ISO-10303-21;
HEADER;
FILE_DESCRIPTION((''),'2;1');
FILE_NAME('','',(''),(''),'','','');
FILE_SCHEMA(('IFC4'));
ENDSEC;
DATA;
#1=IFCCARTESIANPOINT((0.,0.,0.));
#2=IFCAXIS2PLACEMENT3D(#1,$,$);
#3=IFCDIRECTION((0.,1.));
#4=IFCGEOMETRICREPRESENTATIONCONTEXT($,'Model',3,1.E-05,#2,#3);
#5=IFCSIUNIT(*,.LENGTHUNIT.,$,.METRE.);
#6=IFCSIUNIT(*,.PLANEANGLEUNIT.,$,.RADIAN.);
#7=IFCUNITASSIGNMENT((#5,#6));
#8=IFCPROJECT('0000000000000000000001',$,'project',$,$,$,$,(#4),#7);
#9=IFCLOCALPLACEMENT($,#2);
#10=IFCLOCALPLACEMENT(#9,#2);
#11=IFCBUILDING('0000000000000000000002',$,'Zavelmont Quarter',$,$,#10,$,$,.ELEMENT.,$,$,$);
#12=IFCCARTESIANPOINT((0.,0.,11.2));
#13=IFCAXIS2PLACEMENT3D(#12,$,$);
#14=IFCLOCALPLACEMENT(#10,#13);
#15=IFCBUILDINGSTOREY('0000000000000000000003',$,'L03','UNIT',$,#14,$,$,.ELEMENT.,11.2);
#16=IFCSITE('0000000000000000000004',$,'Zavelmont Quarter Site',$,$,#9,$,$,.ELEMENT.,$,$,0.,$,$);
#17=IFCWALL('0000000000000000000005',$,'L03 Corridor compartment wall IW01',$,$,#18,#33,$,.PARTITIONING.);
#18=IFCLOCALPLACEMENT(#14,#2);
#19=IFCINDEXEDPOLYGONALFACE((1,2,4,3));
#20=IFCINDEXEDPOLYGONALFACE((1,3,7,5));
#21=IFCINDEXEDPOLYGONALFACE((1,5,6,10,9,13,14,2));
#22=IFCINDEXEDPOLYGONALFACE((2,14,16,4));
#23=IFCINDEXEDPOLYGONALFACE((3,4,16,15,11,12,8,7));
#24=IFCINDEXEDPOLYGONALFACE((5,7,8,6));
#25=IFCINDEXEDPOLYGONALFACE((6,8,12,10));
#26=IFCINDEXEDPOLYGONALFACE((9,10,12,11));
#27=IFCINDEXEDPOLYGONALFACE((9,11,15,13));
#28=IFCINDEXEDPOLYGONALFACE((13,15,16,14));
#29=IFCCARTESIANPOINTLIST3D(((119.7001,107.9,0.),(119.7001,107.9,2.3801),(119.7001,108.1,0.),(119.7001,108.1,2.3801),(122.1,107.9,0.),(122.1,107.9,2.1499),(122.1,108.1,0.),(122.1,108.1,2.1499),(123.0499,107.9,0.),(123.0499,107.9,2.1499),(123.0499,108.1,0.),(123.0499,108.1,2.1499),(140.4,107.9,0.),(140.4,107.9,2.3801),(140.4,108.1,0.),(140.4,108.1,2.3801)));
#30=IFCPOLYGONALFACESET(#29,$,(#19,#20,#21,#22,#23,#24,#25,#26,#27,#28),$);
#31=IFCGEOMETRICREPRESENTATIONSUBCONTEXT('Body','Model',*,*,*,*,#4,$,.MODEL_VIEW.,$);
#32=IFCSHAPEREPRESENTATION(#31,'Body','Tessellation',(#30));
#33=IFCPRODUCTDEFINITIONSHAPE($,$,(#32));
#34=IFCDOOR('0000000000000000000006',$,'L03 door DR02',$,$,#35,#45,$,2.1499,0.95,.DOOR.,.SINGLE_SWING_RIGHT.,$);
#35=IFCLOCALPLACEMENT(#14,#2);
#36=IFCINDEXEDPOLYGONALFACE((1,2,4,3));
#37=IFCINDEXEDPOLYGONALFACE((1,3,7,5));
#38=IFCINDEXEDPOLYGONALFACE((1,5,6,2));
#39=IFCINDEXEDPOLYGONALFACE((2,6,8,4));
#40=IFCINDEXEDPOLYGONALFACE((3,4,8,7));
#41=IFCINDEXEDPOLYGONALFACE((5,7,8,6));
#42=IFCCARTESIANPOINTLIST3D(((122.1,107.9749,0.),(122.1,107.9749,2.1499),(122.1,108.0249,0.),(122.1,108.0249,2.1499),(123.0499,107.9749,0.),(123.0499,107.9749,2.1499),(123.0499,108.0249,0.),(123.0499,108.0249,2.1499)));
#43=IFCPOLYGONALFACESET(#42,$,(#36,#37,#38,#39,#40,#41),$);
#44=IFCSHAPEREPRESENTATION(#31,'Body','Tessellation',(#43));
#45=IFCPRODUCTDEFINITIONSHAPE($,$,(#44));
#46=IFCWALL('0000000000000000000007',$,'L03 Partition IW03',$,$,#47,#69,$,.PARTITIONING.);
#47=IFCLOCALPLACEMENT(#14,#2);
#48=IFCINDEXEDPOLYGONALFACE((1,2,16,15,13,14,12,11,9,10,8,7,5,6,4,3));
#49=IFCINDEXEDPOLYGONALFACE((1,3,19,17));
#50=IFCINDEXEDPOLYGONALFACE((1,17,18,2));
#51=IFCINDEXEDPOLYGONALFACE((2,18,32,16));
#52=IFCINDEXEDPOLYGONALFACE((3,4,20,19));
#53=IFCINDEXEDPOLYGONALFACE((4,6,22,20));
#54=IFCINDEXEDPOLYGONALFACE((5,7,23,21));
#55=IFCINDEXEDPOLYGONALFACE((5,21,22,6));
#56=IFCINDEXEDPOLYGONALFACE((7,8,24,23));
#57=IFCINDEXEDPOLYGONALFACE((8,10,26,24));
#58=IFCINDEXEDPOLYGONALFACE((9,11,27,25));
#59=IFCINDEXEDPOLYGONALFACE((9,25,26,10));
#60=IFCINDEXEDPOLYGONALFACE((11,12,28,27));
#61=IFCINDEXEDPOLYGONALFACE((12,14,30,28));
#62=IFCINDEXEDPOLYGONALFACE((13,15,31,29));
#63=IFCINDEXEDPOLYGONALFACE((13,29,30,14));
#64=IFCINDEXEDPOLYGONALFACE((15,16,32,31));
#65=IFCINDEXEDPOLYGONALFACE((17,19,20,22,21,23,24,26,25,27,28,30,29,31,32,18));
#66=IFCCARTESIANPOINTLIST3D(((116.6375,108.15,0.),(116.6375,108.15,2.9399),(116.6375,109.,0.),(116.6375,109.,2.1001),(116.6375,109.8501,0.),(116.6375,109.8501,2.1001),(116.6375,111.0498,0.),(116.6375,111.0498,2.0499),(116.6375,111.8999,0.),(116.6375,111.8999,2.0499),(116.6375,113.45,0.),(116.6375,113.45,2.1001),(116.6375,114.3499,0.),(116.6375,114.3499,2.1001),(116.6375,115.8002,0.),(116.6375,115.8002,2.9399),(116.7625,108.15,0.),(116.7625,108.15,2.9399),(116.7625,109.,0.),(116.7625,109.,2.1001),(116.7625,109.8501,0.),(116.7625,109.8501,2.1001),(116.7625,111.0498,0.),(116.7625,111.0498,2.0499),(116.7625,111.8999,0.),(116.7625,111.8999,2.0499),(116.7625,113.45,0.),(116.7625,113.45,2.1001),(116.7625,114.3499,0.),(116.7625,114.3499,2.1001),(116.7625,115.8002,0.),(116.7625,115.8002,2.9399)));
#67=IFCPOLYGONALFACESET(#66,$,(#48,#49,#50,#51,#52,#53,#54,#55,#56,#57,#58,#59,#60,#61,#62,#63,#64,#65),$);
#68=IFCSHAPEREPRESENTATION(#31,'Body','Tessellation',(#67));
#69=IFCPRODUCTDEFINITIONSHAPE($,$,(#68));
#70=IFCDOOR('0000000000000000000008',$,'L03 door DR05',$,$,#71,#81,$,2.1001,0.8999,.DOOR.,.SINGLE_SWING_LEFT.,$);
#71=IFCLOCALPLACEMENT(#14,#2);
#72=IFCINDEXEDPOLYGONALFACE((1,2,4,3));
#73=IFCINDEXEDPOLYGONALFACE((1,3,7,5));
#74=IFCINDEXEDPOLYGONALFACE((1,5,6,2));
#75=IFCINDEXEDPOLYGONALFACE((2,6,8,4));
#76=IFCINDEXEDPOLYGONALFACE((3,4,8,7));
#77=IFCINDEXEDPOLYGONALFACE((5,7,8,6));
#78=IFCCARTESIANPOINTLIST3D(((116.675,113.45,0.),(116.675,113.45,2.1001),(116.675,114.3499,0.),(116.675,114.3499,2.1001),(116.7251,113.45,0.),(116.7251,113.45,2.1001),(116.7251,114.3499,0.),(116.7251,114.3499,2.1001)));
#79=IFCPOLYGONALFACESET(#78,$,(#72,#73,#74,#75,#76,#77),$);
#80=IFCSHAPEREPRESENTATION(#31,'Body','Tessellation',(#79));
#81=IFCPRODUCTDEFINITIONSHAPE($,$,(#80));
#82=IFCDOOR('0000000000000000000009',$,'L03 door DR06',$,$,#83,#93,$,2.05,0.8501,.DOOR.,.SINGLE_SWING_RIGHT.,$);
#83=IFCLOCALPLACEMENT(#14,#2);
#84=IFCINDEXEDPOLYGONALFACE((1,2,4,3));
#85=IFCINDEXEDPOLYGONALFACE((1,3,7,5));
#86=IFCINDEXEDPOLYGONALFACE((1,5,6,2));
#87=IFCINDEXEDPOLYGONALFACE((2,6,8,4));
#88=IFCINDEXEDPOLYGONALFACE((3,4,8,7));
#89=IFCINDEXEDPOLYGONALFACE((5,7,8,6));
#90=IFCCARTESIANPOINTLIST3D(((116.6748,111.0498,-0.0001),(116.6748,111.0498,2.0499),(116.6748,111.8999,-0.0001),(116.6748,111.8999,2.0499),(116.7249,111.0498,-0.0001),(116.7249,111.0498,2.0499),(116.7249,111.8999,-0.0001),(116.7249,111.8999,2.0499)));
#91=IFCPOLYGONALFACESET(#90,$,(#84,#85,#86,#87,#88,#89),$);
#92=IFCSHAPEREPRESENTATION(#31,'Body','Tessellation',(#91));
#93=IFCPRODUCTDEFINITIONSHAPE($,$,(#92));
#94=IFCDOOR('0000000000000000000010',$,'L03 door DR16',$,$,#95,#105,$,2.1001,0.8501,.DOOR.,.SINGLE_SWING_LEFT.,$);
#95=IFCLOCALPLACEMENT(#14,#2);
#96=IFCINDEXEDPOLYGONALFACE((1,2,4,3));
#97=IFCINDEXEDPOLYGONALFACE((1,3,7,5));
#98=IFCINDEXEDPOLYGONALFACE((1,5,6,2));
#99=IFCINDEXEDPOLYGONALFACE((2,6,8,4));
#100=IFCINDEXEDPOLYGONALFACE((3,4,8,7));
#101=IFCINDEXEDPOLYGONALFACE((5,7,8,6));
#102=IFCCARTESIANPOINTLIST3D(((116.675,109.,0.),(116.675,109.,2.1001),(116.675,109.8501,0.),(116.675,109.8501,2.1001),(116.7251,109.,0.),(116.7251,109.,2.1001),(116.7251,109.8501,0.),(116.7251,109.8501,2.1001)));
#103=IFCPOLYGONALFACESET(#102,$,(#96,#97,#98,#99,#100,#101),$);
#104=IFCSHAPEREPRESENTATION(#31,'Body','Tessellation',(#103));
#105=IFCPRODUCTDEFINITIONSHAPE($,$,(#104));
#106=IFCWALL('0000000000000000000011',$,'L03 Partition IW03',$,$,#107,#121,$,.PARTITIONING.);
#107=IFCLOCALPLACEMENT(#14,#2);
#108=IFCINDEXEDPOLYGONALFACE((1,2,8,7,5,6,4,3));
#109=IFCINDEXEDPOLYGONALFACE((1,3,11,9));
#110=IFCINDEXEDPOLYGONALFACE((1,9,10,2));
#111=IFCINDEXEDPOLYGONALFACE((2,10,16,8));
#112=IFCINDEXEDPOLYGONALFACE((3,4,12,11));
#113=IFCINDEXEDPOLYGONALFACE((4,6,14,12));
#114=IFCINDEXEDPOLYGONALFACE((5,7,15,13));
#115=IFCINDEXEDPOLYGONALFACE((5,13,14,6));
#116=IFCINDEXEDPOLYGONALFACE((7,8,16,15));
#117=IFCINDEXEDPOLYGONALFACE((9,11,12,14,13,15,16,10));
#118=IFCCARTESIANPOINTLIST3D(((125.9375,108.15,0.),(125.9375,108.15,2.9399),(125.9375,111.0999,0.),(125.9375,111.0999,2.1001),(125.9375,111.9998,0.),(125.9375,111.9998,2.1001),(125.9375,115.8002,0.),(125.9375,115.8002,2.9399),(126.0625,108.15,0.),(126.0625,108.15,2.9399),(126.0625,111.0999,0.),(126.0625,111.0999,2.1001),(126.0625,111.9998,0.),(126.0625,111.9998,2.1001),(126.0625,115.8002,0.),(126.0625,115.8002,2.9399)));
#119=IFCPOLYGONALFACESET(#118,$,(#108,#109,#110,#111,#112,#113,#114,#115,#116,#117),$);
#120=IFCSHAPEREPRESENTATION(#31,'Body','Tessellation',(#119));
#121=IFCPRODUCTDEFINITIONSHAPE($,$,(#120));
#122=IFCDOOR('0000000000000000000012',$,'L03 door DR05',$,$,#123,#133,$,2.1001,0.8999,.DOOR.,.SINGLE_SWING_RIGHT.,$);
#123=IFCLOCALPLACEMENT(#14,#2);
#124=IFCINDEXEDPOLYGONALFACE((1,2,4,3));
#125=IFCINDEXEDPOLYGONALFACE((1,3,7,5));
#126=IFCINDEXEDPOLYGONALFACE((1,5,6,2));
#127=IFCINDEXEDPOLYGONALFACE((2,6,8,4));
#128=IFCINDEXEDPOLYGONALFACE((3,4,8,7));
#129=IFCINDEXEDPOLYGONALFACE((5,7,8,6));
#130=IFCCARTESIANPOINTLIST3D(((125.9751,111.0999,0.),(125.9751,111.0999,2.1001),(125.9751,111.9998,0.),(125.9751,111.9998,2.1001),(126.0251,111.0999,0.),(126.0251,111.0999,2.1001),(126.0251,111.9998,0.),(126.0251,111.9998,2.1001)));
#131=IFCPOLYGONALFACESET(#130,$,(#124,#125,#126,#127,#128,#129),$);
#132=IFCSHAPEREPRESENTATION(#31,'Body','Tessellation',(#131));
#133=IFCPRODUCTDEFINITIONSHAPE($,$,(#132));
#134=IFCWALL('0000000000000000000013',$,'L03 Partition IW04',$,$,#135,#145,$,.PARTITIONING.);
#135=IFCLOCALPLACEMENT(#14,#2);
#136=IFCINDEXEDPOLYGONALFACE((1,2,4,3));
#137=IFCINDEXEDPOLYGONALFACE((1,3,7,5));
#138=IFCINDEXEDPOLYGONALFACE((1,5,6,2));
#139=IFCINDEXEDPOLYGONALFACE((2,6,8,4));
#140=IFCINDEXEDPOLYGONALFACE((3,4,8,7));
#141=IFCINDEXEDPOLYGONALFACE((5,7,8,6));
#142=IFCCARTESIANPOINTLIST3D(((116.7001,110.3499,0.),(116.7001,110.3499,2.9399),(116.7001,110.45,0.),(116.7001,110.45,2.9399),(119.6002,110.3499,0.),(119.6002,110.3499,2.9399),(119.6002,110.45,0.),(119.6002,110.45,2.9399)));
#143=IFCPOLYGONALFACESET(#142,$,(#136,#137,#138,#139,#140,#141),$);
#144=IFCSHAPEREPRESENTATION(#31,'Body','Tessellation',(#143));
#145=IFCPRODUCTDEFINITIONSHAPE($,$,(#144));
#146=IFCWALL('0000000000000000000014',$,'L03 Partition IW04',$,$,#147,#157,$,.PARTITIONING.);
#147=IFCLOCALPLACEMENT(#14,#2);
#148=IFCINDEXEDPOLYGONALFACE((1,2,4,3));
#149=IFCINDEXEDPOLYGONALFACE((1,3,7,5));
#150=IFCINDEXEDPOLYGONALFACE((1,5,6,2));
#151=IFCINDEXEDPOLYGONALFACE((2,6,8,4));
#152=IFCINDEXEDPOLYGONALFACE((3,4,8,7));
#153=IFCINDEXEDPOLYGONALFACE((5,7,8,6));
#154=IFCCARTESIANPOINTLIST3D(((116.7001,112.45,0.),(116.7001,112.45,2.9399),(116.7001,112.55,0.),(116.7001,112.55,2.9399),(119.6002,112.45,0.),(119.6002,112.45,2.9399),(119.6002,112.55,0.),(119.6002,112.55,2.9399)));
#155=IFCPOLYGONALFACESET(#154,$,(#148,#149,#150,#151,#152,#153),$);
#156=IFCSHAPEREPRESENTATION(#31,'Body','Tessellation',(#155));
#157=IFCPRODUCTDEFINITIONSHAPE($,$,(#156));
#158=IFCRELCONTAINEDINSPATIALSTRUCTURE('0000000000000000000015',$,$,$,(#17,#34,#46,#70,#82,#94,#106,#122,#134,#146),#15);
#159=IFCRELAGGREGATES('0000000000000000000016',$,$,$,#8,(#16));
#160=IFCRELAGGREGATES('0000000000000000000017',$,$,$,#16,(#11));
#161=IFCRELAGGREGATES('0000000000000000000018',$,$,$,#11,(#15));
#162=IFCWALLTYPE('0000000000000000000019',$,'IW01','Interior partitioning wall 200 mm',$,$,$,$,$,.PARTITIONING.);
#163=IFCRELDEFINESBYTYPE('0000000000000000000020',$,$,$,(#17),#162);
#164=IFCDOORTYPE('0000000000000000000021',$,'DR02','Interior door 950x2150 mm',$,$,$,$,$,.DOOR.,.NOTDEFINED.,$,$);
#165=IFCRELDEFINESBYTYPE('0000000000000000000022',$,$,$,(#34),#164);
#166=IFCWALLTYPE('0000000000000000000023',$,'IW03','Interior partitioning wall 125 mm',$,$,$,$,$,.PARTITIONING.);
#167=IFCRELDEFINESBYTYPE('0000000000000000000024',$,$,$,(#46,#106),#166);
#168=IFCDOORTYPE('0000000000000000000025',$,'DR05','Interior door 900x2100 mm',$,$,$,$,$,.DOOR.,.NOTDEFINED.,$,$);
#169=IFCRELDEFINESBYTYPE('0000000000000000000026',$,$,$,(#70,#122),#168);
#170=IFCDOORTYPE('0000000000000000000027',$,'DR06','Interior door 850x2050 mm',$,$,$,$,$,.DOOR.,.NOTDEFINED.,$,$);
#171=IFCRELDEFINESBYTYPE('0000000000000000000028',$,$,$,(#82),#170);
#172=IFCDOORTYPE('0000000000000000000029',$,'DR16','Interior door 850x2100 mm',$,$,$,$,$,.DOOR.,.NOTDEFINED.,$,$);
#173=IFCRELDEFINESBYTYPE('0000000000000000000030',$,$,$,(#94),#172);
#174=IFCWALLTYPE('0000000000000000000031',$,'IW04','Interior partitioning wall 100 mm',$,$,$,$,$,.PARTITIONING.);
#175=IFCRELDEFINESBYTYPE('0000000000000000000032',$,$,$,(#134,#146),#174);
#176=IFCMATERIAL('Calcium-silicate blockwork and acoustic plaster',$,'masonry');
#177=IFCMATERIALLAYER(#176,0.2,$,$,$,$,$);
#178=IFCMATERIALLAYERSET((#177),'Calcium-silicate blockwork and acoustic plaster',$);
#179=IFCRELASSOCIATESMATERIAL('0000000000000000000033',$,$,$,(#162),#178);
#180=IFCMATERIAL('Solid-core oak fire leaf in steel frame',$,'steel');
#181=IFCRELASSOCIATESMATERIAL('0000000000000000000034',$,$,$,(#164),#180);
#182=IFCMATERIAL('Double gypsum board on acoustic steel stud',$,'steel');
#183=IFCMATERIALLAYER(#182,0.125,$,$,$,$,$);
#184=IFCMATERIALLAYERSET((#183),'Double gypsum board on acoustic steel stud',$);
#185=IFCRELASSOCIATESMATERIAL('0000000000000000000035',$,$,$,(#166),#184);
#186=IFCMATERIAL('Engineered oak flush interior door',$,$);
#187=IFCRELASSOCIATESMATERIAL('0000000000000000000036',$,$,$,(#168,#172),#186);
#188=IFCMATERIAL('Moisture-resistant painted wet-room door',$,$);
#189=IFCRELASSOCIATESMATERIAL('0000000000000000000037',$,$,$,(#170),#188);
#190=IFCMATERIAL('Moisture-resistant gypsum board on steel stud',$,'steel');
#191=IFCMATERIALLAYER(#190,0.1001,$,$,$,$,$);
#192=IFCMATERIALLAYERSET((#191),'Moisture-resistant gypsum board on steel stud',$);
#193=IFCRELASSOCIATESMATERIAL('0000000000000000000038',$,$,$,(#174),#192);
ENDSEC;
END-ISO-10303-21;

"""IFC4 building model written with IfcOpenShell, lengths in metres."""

from ifc_helpers import new_model, si_unit, direction, frame, frame_2d, origin, origin_with_axes, place, context, subcontext, project, spatial, rectangle, extrude, material, layer, layer_set, type_object, element, fill, save


model = new_model("IFC4")

# Units and contexts
model_context = context("Model", 3, precision=1e-05, world=origin(), true_north=direction((0.0, 1.0)))
body_context = subcontext(model_context, "Body", "Model", "MODEL_VIEW")
ifc_project = project(units=[si_unit("LENGTHUNIT", "METRE"), si_unit("PLANEANGLEUNIT", "RADIAN")], contexts=[model_context])

# Site, building, storey
site_placement = place(None, origin())
site = spatial("IfcSite", under=ifc_project, at=site_placement, Name="Zavelmont Quarter Site", CompositionType="ELEMENT", RefElevation=0.0)
building_placement = place(site_placement, origin())
building = spatial("IfcBuilding", under=site, at=building_placement, Name="Zavelmont Quarter", CompositionType="ELEMENT")
storey_placement = place(building_placement, frame((0.0, 0.0, 11.2)))
storey = spatial("IfcBuildingStorey", under=building, at=storey_placement, Name="L03", Description="UNIT", CompositionType="ELEMENT", Elevation=11.2)

# Shared definitions
ifc_material_1 = material(Name="Calcium-silicate blockwork and acoustic plaster", Category="masonry")
ifc_layer_1 = layer(ifc_material_1, 0.2)
ifc_layer_set_1 = layer_set([ifc_layer_1], Name="Calcium-silicate blockwork and acoustic plaster")
wall_type_1 = type_object("IfcWallType", Name="IW01", Description="Interior partitioning wall 200 mm", PredefinedType="PARTITIONING", material=ifc_layer_set_1)

# Wall, opening, door
wall_1_placement = place(storey_placement, frame((119.7, 108.0, 0.0), z_axis=(0.0, 0.0, 1.0), x_axis=(1.0, 0.0, 0.0)))
wall_1 = element("IfcWall", 1, at=wall_1_placement, inside=storey, type_object=wall_type_1, Name="L03 Corridor compartment wall IW01", PredefinedType="PARTITIONING", context=body_context, shape_type="SweptSolid", body=[
    extrude(rectangle(XDim=20.7, YDim=0.2, at=frame_2d((10.3501, 0.0))), origin(), (0.0, 0.0, 1.0), 2.3801),
])
opening_1_placement = place(wall_1_placement, frame((2.3999, 0.0, 0.0)))
opening_1 = element("IfcOpeningElement", 2, at=opening_1_placement, cuts=wall_1, PredefinedType="OPENING", context=body_context, shape_type="SweptSolid", body=[
    extrude(rectangle(XDim=0.95, YDim=2.1499, at=frame_2d((0.4751, 1.075))), frame((0.0, 0.1118, 0.0), z_axis=(0.0, -1.0, 0.0), x_axis=(1.0, 0.0, 0.0)), (0.0, 0.0, 1.0), 0.2239),
])
ifc_material_2 = material(Name="Solid-core oak fire leaf in steel frame", Category="steel")
door_type_1 = type_object("IfcDoorType", Name="DR02", Description="Interior door 950x2150 mm", OperationType="NOTDEFINED", PredefinedType="DOOR", material=ifc_material_2)
door_1_placement = place(opening_1_placement, origin_with_axes())
door_1 = element("IfcDoor", 3, at=door_1_placement, inside=storey, type_object=door_type_1, Name="L03 door DR02", OperationType="SINGLE_SWING_RIGHT", OverallHeight=2.1499, OverallWidth=0.95, PredefinedType="DOOR", context=body_context, shape_type="SweptSolid", body=[
    extrude(rectangle(XDim=0.95, YDim=2.1499, at=frame_2d((0.4751, 1.075))), frame((0.0, 0.0249, 0.0), z_axis=(0.0, -1.0, 0.0), x_axis=(1.0, 0.0, 0.0)), (0.0, 0.0, 1.0), 0.05),
])
fill(opening_1, door_1)

# Wall, openings, doors
ifc_material_3 = material(Name="Double gypsum board on acoustic steel stud", Category="steel")
ifc_layer_2 = layer(ifc_material_3, 0.125)
ifc_layer_set_2 = layer_set([ifc_layer_2], Name="Double gypsum board on acoustic steel stud")
wall_type_2 = type_object("IfcWallType", Name="IW03", Description="Interior partitioning wall 125 mm", PredefinedType="PARTITIONING", material=ifc_layer_set_2)
wall_2_placement = place(storey_placement, frame((116.7, 108.1499, 0.0), z_axis=(0.0, 0.0, 1.0), x_axis=(0.0, 1.0, 0.0)))
wall_2 = element("IfcWall", 4, at=wall_2_placement, inside=storey, type_object=wall_type_2, Name="L03 Partition IW03", PredefinedType="PARTITIONING", context=body_context, shape_type="SweptSolid", body=[
    extrude(rectangle(XDim=7.6501, YDim=0.125, at=frame_2d((3.8252, 0.0))), origin(), (0.0, 0.0, 1.0), 2.9399),
])
opening_2_placement = place(wall_2_placement, frame((0.8501, 0.0, 0.0)))
opening_2 = element("IfcOpeningElement", 5, at=opening_2_placement, cuts=wall_2, PredefinedType="OPENING", context=body_context, shape_type="SweptSolid", body=[
    extrude(rectangle(XDim=0.8501, YDim=2.1001, at=frame_2d((0.425, 1.05))), frame((0.0, 0.0745, 0.0), z_axis=(0.0, -1.0, 0.0), x_axis=(1.0, 0.0, 0.0)), (0.0, 0.0, 1.0), 0.1489),
])
opening_3_placement = place(wall_2_placement, frame((2.8999, 0.0, 0.0)))
opening_3 = element("IfcOpeningElement", 6, at=opening_3_placement, cuts=wall_2, PredefinedType="OPENING", context=body_context, shape_type="SweptSolid", body=[
    extrude(rectangle(XDim=0.8501, YDim=2.05, at=frame_2d((0.425, 1.0249))), frame((0.0, 0.0745, 0.0), z_axis=(0.0, -1.0, 0.0), x_axis=(1.0, 0.0, 0.0)), (0.0, 0.0, 1.0), 0.1489),
])
opening_4_placement = place(wall_2_placement, frame((5.3, 0.0, 0.0)))
opening_4 = element("IfcOpeningElement", 7, at=opening_4_placement, cuts=wall_2, PredefinedType="OPENING", context=body_context, shape_type="SweptSolid", body=[
    extrude(rectangle(XDim=0.8999, YDim=2.1001, at=frame_2d((0.45, 1.05))), frame((0.0, 0.0745, 0.0), z_axis=(0.0, -1.0, 0.0), x_axis=(1.0, 0.0, 0.0)), (0.0, 0.0, 1.0), 0.1489),
])
ifc_material_4 = material(Name="Engineered oak flush interior door")
door_type_2 = type_object("IfcDoorType", Name="DR05", Description="Interior door 900x2100 mm", OperationType="NOTDEFINED", PredefinedType="DOOR", material=ifc_material_4)
door_2_placement = place(opening_4_placement, origin_with_axes())
door_2 = element("IfcDoor", 8, at=door_2_placement, inside=storey, type_object=door_type_2, Name="L03 door DR05", OperationType="SINGLE_SWING_LEFT", OverallHeight=2.1001, OverallWidth=0.8999, PredefinedType="DOOR", context=body_context, shape_type="SweptSolid", body=[
    extrude(rectangle(XDim=0.8999, YDim=2.1001, at=frame_2d((0.45, 1.05))), frame((0.0, 0.0249, 0.0), z_axis=(0.0, -1.0, 0.0), x_axis=(1.0, 0.0, 0.0)), (0.0, 0.0, 1.0), 0.05),
])
fill(opening_4, door_2)
ifc_material_5 = material(Name="Moisture-resistant painted wet-room door")
door_type_3 = type_object("IfcDoorType", Name="DR06", Description="Interior door 850x2050 mm", OperationType="NOTDEFINED", PredefinedType="DOOR", material=ifc_material_5)
door_3_placement = place(opening_3_placement, frame((0.8501, 0.0, 0.0), z_axis=(0.0, 0.0, 1.0), x_axis=(-1.0, 0.0, 0.0)))
door_3 = element("IfcDoor", 9, at=door_3_placement, inside=storey, type_object=door_type_3, Name="L03 door DR06", OperationType="SINGLE_SWING_RIGHT", OverallHeight=2.05, OverallWidth=0.8501, PredefinedType="DOOR", context=body_context, shape_type="SweptSolid", body=[
    extrude(rectangle(XDim=0.8501, YDim=2.05, at=frame_2d((0.425, 1.0249))), frame((0.0, 0.0249, 0.0), z_axis=(0.0, -1.0, 0.0), x_axis=(1.0, 0.0, 0.0)), (0.0, 0.0, 1.0), 0.05),
])
fill(opening_3, door_3)
door_type_4 = type_object("IfcDoorType", Name="DR16", Description="Interior door 850x2100 mm", OperationType="NOTDEFINED", PredefinedType="DOOR", material=ifc_material_4)
door_4_placement = place(opening_2_placement, origin_with_axes())
door_4 = element("IfcDoor", 10, at=door_4_placement, inside=storey, type_object=door_type_4, Name="L03 door DR16", OperationType="SINGLE_SWING_LEFT", OverallHeight=2.1001, OverallWidth=0.8501, PredefinedType="DOOR", context=body_context, shape_type="SweptSolid", body=[
    extrude(rectangle(XDim=0.8501, YDim=2.1001, at=frame_2d((0.425, 1.05))), frame((0.0, 0.0249, 0.0), z_axis=(0.0, -1.0, 0.0), x_axis=(1.0, 0.0, 0.0)), (0.0, 0.0, 1.0), 0.05),
])
fill(opening_2, door_4)

# Wall, opening, door
wall_3_placement = place(storey_placement, frame((126.0, 108.1499, 0.0), z_axis=(0.0, 0.0, 1.0), x_axis=(0.0, 1.0, 0.0)))
wall_3 = element("IfcWall", 11, at=wall_3_placement, inside=storey, type_object=wall_type_2, Name="L03 Partition IW03", PredefinedType="PARTITIONING", context=body_context, shape_type="SweptSolid", body=[
    extrude(rectangle(XDim=7.6501, YDim=0.125, at=frame_2d((3.8252, 0.0))), origin(), (0.0, 0.0, 1.0), 2.9399),
])
opening_5_placement = place(wall_3_placement, frame((2.95, 0.0, 0.0)))
opening_5 = element("IfcOpeningElement", 12, at=opening_5_placement, cuts=wall_3, PredefinedType="OPENING", context=body_context, shape_type="SweptSolid", body=[
    extrude(rectangle(XDim=0.8999, YDim=2.1001, at=frame_2d((0.45, 1.05))), frame((0.0, 0.0745, 0.0), z_axis=(0.0, -1.0, 0.0), x_axis=(1.0, 0.0, 0.0)), (0.0, 0.0, 1.0), 0.1489),
])
door_5_placement = place(opening_5_placement, origin_with_axes())
door_5 = element("IfcDoor", 13, at=door_5_placement, inside=storey, type_object=door_type_2, Name="L03 door DR05", OperationType="SINGLE_SWING_RIGHT", OverallHeight=2.1001, OverallWidth=0.8999, PredefinedType="DOOR", context=body_context, shape_type="SweptSolid", body=[
    extrude(rectangle(XDim=0.8999, YDim=2.1001, at=frame_2d((0.45, 1.05))), frame((0.0, 0.0249, 0.0), z_axis=(0.0, -1.0, 0.0), x_axis=(1.0, 0.0, 0.0)), (0.0, 0.0, 1.0), 0.05),
])
fill(opening_5, door_5)

# Walls
ifc_material_6 = material(Name="Moisture-resistant gypsum board on steel stud", Category="steel")
ifc_layer_3 = layer(ifc_material_6, 0.1001)
ifc_layer_set_3 = layer_set([ifc_layer_3], Name="Moisture-resistant gypsum board on steel stud")
wall_type_3 = type_object("IfcWallType", Name="IW04", Description="Interior partitioning wall 100 mm", PredefinedType="PARTITIONING", material=ifc_layer_set_3)
for number, where, z_axis, x_axis, name in (
    (14, (116.7, 110.3999, 0.0), (0.0, 0.0, 1.0), (1.0, 0.0, 0.0), "L03 Partition IW04"),
    (15, (116.7, 112.5, 0.0), (0.0, 0.0, 1.0), (1.0, 0.0, 0.0), "L03 Partition IW04"),
):
    element("IfcWall", number, at=place(storey_placement, frame(where, z_axis=z_axis, x_axis=x_axis)), inside=storey, type_object=wall_type_3, Name=name, PredefinedType="PARTITIONING", context=body_context, shape_type="SweptSolid", body=[
        extrude(rectangle(XDim=2.9001, YDim=0.1001, at=frame_2d((1.4502, 0.0))), origin(), (0.0, 0.0, 1.0), 2.9399),
    ])

save(model, "model.ifc")
